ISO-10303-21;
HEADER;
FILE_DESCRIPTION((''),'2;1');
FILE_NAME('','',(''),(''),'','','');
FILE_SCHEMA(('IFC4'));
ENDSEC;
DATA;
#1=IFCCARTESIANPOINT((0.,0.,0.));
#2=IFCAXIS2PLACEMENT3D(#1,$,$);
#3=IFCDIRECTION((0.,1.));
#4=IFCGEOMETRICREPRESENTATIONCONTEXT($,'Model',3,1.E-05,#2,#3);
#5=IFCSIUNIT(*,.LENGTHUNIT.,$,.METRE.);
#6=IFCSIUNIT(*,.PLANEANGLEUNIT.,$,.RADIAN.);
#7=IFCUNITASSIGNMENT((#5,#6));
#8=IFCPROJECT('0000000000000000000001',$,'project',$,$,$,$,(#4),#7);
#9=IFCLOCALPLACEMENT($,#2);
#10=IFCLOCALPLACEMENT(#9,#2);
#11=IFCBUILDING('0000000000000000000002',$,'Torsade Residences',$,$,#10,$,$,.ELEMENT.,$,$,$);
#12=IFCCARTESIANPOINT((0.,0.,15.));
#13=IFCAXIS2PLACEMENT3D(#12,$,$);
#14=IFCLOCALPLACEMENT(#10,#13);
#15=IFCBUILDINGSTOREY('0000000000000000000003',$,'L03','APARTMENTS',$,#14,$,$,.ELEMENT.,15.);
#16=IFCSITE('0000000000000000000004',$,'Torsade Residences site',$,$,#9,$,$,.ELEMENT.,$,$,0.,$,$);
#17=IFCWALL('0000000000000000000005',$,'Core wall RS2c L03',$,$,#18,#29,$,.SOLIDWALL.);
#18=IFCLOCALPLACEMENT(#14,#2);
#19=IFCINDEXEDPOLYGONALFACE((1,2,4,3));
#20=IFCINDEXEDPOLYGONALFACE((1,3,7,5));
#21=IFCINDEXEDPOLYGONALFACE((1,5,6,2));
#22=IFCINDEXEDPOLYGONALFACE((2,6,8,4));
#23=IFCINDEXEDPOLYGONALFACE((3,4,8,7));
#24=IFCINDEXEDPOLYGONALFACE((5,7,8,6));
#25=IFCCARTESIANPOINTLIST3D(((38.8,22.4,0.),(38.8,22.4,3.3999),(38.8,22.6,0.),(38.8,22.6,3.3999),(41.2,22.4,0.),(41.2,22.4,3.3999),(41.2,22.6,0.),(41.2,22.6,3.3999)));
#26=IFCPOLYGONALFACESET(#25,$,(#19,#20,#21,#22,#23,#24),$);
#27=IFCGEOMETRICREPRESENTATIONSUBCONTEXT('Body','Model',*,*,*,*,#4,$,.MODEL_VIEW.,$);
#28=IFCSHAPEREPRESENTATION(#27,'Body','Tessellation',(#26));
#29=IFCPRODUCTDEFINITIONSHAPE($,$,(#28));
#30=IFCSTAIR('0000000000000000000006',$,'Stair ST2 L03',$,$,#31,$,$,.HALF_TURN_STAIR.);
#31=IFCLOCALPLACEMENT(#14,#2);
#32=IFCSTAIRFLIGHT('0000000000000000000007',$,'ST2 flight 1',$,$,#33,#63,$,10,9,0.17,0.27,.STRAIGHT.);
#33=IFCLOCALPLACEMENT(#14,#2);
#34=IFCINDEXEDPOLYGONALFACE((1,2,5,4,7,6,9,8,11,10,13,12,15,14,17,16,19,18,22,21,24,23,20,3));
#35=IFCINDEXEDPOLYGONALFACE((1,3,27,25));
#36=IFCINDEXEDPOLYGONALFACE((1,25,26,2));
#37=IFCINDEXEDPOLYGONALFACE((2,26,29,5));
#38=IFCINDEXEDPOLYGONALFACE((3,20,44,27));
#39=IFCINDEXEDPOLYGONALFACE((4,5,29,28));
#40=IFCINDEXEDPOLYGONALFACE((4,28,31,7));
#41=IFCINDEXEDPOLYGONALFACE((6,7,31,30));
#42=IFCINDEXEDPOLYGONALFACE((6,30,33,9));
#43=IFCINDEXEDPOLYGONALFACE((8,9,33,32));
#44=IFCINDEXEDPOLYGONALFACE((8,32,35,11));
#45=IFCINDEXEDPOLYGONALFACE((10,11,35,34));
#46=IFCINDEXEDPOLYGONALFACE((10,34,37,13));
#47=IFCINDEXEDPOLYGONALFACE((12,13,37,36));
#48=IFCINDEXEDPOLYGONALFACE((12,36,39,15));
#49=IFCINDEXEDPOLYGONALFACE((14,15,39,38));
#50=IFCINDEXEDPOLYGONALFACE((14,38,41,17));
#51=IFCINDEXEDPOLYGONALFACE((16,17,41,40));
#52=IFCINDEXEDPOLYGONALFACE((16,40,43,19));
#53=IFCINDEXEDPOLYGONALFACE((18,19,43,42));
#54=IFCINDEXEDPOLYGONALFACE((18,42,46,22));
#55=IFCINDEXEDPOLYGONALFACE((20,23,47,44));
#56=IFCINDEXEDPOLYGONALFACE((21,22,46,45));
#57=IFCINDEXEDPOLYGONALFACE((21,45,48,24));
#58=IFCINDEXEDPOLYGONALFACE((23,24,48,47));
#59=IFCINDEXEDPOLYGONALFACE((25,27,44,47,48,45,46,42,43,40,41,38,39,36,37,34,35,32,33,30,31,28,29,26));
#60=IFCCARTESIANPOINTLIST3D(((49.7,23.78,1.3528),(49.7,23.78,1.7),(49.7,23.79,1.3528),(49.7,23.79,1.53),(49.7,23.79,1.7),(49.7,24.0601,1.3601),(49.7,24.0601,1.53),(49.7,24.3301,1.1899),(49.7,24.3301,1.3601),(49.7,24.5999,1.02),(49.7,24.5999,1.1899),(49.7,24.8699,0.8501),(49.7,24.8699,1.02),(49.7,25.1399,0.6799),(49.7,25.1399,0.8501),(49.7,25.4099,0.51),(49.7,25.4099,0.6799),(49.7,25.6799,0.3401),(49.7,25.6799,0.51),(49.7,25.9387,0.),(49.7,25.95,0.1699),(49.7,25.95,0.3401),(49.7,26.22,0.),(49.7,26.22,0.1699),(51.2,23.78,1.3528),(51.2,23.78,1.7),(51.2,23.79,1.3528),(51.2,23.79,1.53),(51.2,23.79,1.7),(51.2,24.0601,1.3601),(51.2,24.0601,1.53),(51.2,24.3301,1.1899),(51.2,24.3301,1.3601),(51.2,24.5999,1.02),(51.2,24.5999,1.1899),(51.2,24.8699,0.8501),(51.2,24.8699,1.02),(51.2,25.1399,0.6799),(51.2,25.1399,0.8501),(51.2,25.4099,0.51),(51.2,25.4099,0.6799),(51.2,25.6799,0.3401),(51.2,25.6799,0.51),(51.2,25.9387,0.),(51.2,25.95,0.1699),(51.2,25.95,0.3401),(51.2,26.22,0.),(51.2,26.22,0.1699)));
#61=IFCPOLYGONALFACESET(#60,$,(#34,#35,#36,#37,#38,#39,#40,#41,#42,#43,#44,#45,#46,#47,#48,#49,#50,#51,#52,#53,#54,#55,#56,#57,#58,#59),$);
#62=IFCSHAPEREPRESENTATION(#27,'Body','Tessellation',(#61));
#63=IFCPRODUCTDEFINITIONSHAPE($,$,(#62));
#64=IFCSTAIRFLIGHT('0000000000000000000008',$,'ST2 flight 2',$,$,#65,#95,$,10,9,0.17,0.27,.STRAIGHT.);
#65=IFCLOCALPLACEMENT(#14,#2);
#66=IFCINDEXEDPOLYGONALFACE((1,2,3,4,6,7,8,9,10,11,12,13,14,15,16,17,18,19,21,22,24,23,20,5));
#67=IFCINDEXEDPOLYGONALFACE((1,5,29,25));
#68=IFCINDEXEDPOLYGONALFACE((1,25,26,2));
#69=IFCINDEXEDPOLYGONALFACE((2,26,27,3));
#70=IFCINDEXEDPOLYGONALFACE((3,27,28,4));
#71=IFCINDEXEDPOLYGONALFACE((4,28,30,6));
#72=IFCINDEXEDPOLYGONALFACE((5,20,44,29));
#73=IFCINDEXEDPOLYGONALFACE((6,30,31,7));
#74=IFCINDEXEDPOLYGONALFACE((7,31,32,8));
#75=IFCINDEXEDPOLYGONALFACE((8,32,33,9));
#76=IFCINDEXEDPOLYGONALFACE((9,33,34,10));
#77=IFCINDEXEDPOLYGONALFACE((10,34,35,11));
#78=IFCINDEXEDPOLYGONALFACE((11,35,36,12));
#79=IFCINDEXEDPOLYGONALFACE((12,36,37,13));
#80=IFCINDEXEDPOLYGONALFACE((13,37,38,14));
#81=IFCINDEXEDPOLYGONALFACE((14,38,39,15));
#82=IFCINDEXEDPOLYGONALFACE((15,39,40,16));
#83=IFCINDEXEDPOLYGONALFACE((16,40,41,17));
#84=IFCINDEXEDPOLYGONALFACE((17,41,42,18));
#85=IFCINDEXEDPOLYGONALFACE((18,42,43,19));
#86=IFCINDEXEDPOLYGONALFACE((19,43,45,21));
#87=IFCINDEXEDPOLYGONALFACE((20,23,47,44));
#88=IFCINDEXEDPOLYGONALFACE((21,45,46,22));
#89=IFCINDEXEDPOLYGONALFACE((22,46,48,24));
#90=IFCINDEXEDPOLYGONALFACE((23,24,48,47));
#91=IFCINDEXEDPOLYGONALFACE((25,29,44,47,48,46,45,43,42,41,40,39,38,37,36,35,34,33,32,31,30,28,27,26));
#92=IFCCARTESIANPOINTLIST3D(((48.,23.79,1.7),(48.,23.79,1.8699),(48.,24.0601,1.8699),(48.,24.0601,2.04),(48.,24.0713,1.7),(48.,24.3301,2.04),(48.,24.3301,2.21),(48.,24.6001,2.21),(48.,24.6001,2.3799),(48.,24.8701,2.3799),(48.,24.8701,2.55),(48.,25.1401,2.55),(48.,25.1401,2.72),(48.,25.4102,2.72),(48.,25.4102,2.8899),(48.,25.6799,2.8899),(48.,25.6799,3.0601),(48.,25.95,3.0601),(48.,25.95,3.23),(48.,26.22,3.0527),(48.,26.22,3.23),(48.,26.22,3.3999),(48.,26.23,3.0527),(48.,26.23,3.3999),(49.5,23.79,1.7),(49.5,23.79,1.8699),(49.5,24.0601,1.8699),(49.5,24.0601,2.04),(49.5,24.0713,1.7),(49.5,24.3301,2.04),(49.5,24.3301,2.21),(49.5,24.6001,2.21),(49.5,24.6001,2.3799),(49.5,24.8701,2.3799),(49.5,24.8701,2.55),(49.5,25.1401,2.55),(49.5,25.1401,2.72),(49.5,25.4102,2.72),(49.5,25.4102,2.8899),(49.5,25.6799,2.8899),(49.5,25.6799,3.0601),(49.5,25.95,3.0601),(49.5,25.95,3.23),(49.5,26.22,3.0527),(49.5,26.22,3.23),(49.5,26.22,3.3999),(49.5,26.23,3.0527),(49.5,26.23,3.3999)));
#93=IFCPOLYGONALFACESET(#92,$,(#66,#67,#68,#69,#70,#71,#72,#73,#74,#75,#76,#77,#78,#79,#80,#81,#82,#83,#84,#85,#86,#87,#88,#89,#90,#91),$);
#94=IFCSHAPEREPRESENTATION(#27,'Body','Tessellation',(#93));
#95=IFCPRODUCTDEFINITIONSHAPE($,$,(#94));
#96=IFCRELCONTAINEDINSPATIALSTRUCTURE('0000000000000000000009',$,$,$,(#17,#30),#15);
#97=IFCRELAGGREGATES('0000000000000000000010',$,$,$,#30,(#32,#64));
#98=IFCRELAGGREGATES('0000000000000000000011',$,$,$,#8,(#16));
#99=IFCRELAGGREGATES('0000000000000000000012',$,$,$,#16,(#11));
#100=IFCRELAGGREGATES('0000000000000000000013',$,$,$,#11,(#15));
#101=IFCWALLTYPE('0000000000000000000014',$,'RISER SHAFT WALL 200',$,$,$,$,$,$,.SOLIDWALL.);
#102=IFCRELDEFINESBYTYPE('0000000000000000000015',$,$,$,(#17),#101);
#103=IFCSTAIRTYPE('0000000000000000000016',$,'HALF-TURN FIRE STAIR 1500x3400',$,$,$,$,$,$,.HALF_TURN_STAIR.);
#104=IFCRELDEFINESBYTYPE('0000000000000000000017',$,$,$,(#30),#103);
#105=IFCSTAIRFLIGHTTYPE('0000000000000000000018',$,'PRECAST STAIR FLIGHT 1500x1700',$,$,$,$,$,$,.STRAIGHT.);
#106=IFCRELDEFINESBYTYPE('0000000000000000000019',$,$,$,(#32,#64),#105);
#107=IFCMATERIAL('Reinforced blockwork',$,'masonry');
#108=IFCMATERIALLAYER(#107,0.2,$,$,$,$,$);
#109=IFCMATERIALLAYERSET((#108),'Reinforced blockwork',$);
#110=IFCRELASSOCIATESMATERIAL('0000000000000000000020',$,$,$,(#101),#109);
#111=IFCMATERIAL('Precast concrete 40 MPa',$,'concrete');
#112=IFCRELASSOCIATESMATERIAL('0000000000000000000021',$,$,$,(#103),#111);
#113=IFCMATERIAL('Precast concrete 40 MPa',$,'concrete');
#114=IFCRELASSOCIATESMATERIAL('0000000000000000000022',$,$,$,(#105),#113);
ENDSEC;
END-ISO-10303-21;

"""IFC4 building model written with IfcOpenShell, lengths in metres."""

from ifc_helpers import new_model, si_unit, direction, frame, frame_2d, origin, place, context, subcontext, project, spatial, polyline, rectangle, outline, extrude, material, layer, layer_set, type_object, element, aggregate, save


model = new_model("IFC4")

# Units and contexts
model_context = context("Model", 3, precision=1e-05, world=origin(), true_north=direction((0.0, 1.0)))
body_context = subcontext(model_context, "Body", "Model", "MODEL_VIEW")
ifc_project = project(units=[si_unit("LENGTHUNIT", "METRE"), si_unit("PLANEANGLEUNIT", "RADIAN")], contexts=[model_context])

# Site, building, storey
site_placement = place(None, origin())
site = spatial("IfcSite", under=ifc_project, at=site_placement, Name="Torsade Residences site", CompositionType="ELEMENT", RefElevation=0.0)
building_placement = place(site_placement, origin())
building = spatial("IfcBuilding", under=site, at=building_placement, Name="Torsade Residences", CompositionType="ELEMENT")
storey_placement = place(building_placement, frame((0.0, 0.0, 15.0)))
storey = spatial("IfcBuildingStorey", under=building, at=storey_placement, Name="L03", Description="APARTMENTS", CompositionType="ELEMENT", Elevation=15.0)

# Wall
ifc_material_1 = material(Name="Reinforced blockwork", Category="masonry")
ifc_layer_1 = layer(ifc_material_1, 0.2)
ifc_layer_set_1 = layer_set([ifc_layer_1], Name="Reinforced blockwork")
wall_type_1 = type_object("IfcWallType", Name="RISER SHAFT WALL 200", PredefinedType="SOLIDWALL", material=ifc_layer_set_1)
wall_1_placement = place(storey_placement, frame((38.8, 22.5, 0.0), z_axis=(0.0, 0.0, 1.0), x_axis=(1.0, 0.0, 0.0)))
element("IfcWall", 1, at=wall_1_placement, inside=storey, type_object=wall_type_1, Name="Core wall RS2c L03", PredefinedType="SOLIDWALL", context=body_context, shape_type="SweptSolid", body=[
    extrude(rectangle(XDim=2.3999, YDim=0.2, at=frame_2d((1.2, 0.0))), origin(), (0.0, 0.0, 1.0), 3.3999),
])

# Stair, stair flights
ifc_material_2 = material(Name="Precast concrete 40 MPa", Category="concrete")
stair_type = type_object("IfcStairType", Name="HALF-TURN FIRE STAIR 1500x3400", PredefinedType="HALF_TURN_STAIR", material=ifc_material_2)
stair_placement = place(storey_placement, origin())
stair = element("IfcStair", 2, at=stair_placement, inside=storey, type_object=stair_type, Name="Stair ST2 L03", PredefinedType="HALF_TURN_STAIR")
ifc_material_3 = material(Name="Precast concrete 40 MPa", Category="concrete")
stair_flight_type = type_object("IfcStairFlightType", Name="PRECAST STAIR FLIGHT 1500x1700", PredefinedType="STRAIGHT", material=ifc_material_3)
stair_flight_1_placement = place(storey_placement, frame((50.45, 26.22, 0.0), z_axis=(0.0, 0.0, 1.0), x_axis=(0.0, -1.0, 0.0)))
stair_flight_1 = element("IfcStairFlight", 3, at=stair_flight_1_placement, type_object=stair_flight_type, Name="ST2 flight 1", NumberOfRisers=10, NumberOfTreads=9, PredefinedType="STRAIGHT", RiserHeight=0.17, TreadLength=0.27, context=body_context, shape_type="SweptSolid", body=[
    extrude(outline(polyline([(0.0, 0.0), (0.0, 0.1699), (0.27, 0.1699), (0.27, 0.3401), (0.54, 0.3401), (0.54, 0.51), (0.8101, 0.51), (0.8101, 0.6799), (1.0801, 0.6799), (1.0801, 0.8501), (1.3501, 0.8501), (1.3501, 1.02), (1.6201, 1.02), (1.6201, 1.1899), (1.8899, 1.1899), (1.8899, 1.3601), (2.1599, 1.3601), (2.1599, 1.53), (2.4299, 1.53), (2.4299, 1.7), (2.4399, 1.7), (2.4399, 1.3528), (2.4299, 1.3528), (0.2812, 0.0), (0.0, 0.0)])), frame((0.0, 0.75, 0.0), z_axis=(0.0, -1.0, 0.0), x_axis=(1.0, 0.0, 0.0)), (0.0, 0.0, 1.0), 1.5),
])
stair_flight_2_placement = place(storey_placement, frame((48.75, 23.79, 1.7), z_axis=(0.0, 0.0, 1.0), x_axis=(0.0, 1.0, 0.0)))
stair_flight_2 = element("IfcStairFlight", 4, at=stair_flight_2_placement, type_object=stair_flight_type, Name="ST2 flight 2", NumberOfRisers=10, NumberOfTreads=9, PredefinedType="STRAIGHT", RiserHeight=0.17, TreadLength=0.27, context=body_context, shape_type="SweptSolid", body=[
    extrude(outline(polyline([(0.0, 0.0), (0.0, 0.1699), (0.27, 0.1699), (0.27, 0.3401), (0.54, 0.3401), (0.54, 0.51), (0.8101, 0.51), (0.8101, 0.6799), (1.0801, 0.6799), (1.0801, 0.8501), (1.3501, 0.8501), (1.3501, 1.02), (1.6201, 1.02), (1.6201, 1.1899), (1.8899, 1.1899), (1.8899, 1.3601), (2.1599, 1.3601), (2.1599, 1.53), (2.4299, 1.53), (2.4299, 1.7), (2.4399, 1.7), (2.4399, 1.3528), (2.4299, 1.3528), (0.2812, 0.0), (0.0, 0.0)])), frame((0.0, 0.75, 0.0), z_axis=(0.0, -1.0, 0.0), x_axis=(1.0, 0.0, 0.0)), (0.0, 0.0, 1.0), 1.5),
])
aggregate(stair, [stair_flight_1, stair_flight_2])

save(model, "model.ifc")
